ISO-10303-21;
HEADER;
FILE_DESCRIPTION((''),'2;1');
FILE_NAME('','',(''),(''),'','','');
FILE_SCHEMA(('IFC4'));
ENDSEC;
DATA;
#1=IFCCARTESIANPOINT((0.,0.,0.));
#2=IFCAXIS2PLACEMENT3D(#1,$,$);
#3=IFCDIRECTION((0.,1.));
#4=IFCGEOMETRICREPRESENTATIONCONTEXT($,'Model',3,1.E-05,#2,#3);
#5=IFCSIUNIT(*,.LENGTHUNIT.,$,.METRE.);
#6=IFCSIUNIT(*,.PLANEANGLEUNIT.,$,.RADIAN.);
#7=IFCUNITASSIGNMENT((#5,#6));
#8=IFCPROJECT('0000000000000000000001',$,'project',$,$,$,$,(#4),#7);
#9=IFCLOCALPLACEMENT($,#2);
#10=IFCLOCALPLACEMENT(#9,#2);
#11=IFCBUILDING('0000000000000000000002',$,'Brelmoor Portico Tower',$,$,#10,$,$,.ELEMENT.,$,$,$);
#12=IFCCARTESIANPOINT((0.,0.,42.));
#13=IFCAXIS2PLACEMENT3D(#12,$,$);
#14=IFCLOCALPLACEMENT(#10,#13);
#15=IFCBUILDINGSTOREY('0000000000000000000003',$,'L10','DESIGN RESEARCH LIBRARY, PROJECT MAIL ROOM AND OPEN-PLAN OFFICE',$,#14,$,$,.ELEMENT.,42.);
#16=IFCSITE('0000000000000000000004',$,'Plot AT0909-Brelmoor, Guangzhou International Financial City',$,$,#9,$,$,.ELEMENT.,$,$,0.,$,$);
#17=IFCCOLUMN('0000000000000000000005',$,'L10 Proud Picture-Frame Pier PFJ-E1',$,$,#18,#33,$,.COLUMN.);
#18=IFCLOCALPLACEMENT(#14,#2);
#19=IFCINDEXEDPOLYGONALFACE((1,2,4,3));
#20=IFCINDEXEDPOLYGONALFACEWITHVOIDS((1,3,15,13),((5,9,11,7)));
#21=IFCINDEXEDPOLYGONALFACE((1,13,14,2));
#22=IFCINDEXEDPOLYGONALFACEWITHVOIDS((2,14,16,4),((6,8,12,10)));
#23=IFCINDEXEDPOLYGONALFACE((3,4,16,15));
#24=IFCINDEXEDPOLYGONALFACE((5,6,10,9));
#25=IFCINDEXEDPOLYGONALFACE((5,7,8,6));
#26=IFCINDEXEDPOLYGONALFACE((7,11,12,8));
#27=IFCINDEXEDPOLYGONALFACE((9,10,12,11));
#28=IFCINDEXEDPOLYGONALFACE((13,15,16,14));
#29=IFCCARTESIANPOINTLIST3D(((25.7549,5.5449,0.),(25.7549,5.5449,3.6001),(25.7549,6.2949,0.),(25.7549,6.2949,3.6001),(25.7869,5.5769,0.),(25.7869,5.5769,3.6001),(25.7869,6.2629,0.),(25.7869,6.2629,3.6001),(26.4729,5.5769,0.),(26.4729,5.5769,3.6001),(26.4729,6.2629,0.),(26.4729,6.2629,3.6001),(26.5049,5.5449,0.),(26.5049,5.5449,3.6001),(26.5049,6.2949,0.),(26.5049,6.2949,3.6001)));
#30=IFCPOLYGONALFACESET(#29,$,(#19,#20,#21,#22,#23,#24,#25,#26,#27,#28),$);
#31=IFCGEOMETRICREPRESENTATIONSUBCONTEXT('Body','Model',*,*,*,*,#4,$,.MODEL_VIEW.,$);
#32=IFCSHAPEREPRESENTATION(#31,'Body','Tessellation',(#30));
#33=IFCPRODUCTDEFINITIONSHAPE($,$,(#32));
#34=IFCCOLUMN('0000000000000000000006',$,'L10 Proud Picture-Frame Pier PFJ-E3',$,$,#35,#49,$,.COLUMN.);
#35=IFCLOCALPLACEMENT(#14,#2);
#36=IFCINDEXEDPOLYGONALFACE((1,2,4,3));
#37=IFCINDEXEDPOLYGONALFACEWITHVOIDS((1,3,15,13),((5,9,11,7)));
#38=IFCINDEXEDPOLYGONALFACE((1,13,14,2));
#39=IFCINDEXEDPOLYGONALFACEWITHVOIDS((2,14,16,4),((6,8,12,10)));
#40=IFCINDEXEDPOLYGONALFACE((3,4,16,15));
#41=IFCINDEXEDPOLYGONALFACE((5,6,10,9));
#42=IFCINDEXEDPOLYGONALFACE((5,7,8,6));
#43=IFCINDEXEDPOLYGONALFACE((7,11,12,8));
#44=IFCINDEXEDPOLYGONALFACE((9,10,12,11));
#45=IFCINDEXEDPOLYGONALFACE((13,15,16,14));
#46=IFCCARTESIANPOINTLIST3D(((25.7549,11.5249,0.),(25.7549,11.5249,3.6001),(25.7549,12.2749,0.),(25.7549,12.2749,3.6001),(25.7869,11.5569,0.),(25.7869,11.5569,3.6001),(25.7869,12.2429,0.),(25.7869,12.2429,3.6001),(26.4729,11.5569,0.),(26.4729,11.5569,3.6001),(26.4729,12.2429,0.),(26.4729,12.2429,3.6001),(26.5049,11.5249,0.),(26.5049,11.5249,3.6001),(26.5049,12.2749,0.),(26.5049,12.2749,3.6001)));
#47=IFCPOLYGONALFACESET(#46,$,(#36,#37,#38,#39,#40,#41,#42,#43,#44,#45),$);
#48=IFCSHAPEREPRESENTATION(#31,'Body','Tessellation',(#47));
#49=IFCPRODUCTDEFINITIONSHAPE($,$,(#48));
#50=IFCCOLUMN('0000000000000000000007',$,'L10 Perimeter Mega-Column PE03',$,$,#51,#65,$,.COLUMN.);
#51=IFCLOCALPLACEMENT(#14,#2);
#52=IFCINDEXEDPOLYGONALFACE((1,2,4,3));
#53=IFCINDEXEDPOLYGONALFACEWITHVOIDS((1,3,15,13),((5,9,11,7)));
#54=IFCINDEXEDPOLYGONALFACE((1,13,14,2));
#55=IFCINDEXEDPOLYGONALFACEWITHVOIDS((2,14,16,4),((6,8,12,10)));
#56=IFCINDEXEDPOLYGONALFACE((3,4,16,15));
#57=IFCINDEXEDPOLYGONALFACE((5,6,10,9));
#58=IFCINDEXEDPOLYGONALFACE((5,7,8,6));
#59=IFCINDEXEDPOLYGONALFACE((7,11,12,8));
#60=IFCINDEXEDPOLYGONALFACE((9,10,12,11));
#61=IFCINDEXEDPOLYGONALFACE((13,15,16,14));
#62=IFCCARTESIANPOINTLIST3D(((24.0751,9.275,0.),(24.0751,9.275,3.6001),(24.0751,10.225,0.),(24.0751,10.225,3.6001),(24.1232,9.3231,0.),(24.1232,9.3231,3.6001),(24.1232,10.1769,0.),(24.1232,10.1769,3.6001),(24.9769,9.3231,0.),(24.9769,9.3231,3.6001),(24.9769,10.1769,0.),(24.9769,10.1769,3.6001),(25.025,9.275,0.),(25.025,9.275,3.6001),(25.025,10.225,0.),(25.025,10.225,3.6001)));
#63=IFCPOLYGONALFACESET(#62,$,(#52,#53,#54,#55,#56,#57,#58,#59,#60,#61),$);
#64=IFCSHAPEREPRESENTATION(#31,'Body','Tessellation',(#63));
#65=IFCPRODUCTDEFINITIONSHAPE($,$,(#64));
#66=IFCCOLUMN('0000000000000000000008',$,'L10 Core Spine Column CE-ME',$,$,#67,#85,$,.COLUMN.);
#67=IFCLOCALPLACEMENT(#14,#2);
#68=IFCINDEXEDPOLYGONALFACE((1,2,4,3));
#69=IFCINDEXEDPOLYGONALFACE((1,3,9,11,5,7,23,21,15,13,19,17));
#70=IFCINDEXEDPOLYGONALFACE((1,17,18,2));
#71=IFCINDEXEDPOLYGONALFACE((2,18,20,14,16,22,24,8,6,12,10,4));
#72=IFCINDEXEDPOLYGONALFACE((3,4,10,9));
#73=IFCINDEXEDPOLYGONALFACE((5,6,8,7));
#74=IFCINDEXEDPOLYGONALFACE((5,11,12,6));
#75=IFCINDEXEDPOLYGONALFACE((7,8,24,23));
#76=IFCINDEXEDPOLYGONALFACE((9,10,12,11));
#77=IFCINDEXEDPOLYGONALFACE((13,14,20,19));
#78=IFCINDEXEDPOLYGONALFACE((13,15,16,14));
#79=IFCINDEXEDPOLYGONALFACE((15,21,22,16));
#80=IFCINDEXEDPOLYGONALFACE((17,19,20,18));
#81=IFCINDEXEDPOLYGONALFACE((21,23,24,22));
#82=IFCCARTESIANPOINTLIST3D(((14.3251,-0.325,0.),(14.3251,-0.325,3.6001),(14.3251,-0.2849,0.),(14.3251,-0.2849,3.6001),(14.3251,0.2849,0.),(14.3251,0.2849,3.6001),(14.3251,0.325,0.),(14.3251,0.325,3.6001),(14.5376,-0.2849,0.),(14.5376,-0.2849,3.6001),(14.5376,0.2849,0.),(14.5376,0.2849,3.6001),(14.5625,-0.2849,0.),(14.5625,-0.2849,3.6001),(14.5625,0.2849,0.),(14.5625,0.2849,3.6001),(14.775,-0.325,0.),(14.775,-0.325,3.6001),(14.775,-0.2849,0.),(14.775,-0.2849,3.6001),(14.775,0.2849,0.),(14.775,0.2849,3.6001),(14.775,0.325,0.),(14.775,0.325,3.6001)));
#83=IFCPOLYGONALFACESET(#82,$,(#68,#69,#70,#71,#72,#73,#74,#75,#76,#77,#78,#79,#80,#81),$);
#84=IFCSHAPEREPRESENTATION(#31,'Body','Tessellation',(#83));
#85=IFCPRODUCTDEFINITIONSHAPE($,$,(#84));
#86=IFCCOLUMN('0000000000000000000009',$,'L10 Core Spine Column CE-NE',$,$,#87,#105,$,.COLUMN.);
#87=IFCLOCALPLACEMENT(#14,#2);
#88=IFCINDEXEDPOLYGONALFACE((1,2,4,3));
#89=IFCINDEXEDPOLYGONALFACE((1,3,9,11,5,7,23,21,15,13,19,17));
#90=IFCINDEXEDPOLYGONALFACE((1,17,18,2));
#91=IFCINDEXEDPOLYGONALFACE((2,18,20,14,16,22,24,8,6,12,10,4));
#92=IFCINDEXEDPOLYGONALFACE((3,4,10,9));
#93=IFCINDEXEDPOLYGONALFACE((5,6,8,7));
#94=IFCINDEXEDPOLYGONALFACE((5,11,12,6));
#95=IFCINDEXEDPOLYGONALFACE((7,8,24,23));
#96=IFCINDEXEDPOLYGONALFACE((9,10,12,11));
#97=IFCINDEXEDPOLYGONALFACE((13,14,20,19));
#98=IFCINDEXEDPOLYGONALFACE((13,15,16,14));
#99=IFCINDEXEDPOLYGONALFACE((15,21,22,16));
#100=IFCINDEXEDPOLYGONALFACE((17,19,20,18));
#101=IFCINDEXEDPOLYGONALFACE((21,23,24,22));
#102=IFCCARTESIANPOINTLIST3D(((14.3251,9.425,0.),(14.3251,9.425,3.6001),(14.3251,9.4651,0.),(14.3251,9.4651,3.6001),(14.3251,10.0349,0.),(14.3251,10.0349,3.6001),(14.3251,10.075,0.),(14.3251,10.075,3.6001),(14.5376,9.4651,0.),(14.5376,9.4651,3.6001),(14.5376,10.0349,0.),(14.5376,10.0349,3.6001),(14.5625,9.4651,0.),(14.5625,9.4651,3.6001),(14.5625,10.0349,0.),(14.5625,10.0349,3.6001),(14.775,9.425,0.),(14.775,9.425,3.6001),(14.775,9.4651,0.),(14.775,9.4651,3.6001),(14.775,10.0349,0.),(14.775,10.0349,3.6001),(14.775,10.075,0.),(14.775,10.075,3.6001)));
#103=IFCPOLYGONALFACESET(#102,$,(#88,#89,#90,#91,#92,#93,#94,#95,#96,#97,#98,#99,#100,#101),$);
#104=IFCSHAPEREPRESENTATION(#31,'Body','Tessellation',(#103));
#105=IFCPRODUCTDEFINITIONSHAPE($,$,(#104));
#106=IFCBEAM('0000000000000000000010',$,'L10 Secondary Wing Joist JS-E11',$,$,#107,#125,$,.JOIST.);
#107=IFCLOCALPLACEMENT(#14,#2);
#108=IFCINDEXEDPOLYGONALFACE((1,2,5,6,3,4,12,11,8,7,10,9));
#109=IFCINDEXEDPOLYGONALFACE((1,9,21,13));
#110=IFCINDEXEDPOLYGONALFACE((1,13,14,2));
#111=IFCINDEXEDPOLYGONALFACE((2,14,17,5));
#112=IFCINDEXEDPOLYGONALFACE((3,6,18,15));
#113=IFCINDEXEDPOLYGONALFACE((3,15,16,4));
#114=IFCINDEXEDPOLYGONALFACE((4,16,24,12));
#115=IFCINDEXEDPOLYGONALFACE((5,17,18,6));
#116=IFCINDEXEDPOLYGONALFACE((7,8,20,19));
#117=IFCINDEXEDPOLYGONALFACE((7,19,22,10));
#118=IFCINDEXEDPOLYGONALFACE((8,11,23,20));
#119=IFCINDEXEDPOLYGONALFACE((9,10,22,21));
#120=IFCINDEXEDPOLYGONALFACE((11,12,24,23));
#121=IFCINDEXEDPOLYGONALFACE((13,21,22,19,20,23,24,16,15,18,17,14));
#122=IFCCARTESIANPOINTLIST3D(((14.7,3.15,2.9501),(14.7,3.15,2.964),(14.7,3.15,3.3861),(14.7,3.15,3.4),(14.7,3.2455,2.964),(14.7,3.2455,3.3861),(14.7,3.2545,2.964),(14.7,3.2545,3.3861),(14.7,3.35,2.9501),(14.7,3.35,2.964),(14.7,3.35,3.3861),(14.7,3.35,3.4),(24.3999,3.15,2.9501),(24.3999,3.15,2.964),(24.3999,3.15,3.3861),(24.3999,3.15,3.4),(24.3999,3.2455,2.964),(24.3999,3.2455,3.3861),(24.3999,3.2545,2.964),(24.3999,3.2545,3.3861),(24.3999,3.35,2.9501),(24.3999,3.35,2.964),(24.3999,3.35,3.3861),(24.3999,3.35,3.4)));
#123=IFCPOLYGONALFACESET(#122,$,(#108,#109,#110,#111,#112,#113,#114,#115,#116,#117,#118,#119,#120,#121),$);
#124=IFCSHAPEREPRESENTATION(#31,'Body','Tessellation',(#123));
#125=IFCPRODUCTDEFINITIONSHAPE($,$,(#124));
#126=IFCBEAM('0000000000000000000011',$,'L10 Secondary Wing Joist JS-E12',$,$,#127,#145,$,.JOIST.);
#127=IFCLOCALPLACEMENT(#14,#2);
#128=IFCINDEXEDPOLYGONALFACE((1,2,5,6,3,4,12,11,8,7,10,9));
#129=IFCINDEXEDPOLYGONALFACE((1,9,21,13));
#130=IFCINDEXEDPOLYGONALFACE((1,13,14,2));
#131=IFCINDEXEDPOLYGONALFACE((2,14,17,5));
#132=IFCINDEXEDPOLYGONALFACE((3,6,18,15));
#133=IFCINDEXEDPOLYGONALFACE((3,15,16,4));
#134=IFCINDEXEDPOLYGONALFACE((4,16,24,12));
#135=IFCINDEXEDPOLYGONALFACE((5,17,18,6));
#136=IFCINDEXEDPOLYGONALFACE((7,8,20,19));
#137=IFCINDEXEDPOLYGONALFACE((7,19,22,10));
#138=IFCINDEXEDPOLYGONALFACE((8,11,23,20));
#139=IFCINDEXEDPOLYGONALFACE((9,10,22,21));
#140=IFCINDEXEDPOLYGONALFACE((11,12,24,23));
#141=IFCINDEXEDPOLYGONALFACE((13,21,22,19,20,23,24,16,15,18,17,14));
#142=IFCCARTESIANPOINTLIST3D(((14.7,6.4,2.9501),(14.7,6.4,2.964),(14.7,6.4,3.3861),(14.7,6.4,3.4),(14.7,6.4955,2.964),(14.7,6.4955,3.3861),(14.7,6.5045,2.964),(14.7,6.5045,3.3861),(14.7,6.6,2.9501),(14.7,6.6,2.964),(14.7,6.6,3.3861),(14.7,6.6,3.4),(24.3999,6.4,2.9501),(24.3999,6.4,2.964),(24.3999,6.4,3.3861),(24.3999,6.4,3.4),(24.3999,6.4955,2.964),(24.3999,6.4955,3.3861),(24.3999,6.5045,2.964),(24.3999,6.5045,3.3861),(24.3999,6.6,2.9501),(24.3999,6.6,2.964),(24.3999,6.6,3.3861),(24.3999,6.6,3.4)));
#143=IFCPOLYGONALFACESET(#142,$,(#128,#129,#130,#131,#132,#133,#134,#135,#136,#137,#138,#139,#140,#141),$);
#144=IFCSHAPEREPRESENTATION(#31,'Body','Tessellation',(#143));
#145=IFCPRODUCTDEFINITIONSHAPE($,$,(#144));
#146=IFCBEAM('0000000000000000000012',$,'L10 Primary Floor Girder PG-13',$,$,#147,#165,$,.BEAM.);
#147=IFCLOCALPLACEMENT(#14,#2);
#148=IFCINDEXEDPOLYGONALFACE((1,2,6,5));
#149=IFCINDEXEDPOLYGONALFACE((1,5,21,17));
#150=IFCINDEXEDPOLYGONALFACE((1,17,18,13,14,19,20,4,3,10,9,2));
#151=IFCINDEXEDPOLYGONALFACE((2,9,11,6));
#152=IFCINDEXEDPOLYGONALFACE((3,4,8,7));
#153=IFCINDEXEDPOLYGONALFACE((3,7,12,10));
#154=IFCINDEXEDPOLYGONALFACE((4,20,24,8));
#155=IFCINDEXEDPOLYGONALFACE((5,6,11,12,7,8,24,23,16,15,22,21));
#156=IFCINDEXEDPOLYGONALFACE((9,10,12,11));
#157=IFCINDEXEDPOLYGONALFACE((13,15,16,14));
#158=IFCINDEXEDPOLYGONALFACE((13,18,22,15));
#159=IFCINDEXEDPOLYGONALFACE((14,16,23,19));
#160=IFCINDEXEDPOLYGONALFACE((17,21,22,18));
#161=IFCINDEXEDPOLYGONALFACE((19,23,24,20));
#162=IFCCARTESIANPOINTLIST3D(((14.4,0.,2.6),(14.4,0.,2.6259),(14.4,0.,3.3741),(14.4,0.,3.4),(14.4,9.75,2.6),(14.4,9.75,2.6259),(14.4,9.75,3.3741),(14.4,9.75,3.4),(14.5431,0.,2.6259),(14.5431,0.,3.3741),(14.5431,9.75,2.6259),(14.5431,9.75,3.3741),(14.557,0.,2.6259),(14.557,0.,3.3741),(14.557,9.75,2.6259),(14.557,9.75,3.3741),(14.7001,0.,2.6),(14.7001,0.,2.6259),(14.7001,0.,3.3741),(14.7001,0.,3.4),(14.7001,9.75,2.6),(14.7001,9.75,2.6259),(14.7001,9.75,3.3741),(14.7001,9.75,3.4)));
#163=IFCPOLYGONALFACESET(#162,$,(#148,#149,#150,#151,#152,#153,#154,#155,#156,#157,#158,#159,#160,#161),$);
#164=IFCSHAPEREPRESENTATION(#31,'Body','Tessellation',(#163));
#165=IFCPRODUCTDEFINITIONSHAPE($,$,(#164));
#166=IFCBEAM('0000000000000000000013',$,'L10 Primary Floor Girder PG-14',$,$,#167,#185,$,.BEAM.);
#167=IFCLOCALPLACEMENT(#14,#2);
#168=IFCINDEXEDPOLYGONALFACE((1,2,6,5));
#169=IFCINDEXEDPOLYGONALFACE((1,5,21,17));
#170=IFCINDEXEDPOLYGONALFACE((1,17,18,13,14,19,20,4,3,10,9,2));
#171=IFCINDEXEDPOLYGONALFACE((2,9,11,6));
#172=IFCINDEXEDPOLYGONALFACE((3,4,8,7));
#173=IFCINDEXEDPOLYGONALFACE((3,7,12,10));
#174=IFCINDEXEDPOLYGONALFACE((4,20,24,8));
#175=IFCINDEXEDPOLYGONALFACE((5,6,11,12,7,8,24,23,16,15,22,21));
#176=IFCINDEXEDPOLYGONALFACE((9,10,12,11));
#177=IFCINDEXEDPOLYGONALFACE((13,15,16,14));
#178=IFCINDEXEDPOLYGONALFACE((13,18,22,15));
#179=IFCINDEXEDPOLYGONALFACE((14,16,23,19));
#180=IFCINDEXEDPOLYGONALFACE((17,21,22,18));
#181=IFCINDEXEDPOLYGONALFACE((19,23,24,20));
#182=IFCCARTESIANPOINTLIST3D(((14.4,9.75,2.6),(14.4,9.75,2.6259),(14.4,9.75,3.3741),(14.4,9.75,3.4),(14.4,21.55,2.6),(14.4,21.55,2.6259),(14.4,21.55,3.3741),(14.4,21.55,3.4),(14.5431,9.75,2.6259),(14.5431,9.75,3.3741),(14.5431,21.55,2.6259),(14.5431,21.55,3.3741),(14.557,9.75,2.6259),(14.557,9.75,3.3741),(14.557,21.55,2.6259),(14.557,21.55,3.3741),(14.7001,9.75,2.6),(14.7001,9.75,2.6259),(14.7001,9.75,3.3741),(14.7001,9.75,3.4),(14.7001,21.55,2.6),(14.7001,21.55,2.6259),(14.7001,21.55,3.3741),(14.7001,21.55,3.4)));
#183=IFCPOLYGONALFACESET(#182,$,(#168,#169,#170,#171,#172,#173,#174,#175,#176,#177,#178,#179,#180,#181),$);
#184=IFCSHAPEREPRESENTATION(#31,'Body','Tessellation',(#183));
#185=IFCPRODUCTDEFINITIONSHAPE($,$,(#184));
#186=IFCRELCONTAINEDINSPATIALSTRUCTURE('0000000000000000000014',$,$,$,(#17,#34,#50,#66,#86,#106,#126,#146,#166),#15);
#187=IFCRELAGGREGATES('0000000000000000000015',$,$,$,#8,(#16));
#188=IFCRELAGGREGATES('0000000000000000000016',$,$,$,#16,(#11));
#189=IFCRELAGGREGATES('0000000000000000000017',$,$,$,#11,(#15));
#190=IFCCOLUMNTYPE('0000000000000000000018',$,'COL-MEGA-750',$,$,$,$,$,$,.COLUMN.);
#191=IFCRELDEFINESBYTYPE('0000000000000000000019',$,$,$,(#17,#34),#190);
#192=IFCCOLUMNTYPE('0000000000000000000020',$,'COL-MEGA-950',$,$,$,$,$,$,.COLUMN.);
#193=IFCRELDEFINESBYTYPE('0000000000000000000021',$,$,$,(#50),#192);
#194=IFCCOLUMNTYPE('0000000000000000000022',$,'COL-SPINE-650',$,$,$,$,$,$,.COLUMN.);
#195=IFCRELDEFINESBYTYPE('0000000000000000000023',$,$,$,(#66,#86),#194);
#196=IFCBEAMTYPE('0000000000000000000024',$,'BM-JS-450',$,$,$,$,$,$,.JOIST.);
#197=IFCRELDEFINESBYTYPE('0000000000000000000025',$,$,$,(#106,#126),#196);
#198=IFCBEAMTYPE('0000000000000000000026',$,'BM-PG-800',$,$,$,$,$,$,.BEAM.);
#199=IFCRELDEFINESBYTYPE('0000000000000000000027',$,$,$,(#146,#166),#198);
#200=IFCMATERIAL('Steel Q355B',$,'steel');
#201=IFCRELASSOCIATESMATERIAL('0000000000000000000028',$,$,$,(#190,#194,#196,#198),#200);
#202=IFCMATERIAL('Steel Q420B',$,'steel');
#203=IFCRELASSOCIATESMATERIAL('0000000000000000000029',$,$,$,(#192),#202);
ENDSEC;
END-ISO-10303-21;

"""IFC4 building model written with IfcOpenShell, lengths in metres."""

from ifc_helpers import new_model, si_unit, direction, frame, origin, origin_2d, place, context, subcontext, project, spatial, hollow_rectangle, i_section, extrude, material, material_profile, profile_set, type_object, element, save


model = new_model("IFC4")

# Units and contexts
model_context = context("Model", 3, precision=1e-05, world=origin(), true_north=direction((0.0, 1.0)))
body_context = subcontext(model_context, "Body", "Model", "MODEL_VIEW")
ifc_project = project(units=[si_unit("LENGTHUNIT", "METRE"), si_unit("PLANEANGLEUNIT", "RADIAN")], contexts=[model_context])

# Site, building, storey
site_placement = place(None, origin())
site = spatial("IfcSite", under=ifc_project, at=site_placement, Name="Plot AT0909-Brelmoor, Guangzhou International Financial City", CompositionType="ELEMENT", RefElevation=0.0)
building_placement = place(site_placement, origin())
building = spatial("IfcBuilding", under=site, at=building_placement, Name="Brelmoor Portico Tower", CompositionType="ELEMENT")
storey_placement = place(building_placement, frame((0.0, 0.0, 42.0)))
storey = spatial("IfcBuildingStorey", under=building, at=storey_placement, Name="L10", Description="DESIGN RESEARCH LIBRARY, PROJECT MAIL ROOM AND OPEN-PLAN OFFICE", CompositionType="ELEMENT", Elevation=42.0)

# Columns
ifc_material_1 = material(Name="Steel Q355B", Category="steel")
ifc_material_profile_1 = material_profile(ifc_material_1, hollow_rectangle(XDim=0.75, YDim=0.75, WallThickness=0.032, at=origin_2d()), Name="BOX 750x750x32")
ifc_profile_set_1 = profile_set([ifc_material_profile_1], Name="Steel Q355B")
column_type_1 = type_object("IfcColumnType", Name="COL-MEGA-750", PredefinedType="COLUMN", material=ifc_profile_set_1)
for number, where, z_axis, x_axis, name in (
    (1, (26.1299, 5.9199, 0.0), (0.0, 0.0, 1.0), (0.0, 1.0, 0.0), "L10 Proud Picture-Frame Pier PFJ-E1"),
    (2, (26.1299, 11.8999, 0.0), (0.0, 0.0, 1.0), (0.0, 1.0, 0.0), "L10 Proud Picture-Frame Pier PFJ-E3"),
):
    element("IfcColumn", number, at=place(storey_placement, frame(where, z_axis=z_axis, x_axis=x_axis)), inside=storey, type_object=column_type_1, Name=name, PredefinedType="COLUMN", context=body_context, shape_type="SweptSolid", body=[
        extrude(hollow_rectangle(XDim=0.75, YDim=0.75, WallThickness=0.032, at=origin_2d()), origin(), (0.0, 0.0, 1.0), 3.6001),
    ])
ifc_material_2 = material(Name="Steel Q420B", Category="steel")
ifc_material_profile_2 = material_profile(ifc_material_2, hollow_rectangle(XDim=0.95, YDim=0.95, WallThickness=0.0481, at=origin_2d()), Name="BOX 950x950x48")
ifc_profile_set_2 = profile_set([ifc_material_profile_2], Name="Steel Q420B")
column_type_2 = type_object("IfcColumnType", Name="COL-MEGA-950", PredefinedType="COLUMN", material=ifc_profile_set_2)
column_placement = place(storey_placement, frame((24.55, 9.75, 0.0), z_axis=(0.0, 0.0, 1.0), x_axis=(0.0, 1.0, 0.0)))
element("IfcColumn", 3, at=column_placement, inside=storey, type_object=column_type_2, Name="L10 Perimeter Mega-Column PE03", PredefinedType="COLUMN", context=body_context, shape_type="SweptSolid", body=[
    extrude(hollow_rectangle(XDim=0.95, YDim=0.95, WallThickness=0.0481, at=origin_2d()), origin(), (0.0, 0.0, 1.0), 3.6001),
])
ifc_material_profile_3 = material_profile(ifc_material_1, i_section(OverallWidth=0.45, OverallDepth=0.6499, WebThickness=0.0249, FlangeThickness=0.04, at=origin_2d()), Name="HW 650x450x25x40")
ifc_profile_set_3 = profile_set([ifc_material_profile_3], Name="Steel Q355B")
column_type_3 = type_object("IfcColumnType", Name="COL-SPINE-650", PredefinedType="COLUMN", material=ifc_profile_set_3)
for number, where, z_axis, x_axis, name in (
    (4, (14.55, 0.0, 0.0), (0.0, 0.0, 1.0), (1.0, 0.0, 0.0), "L10 Core Spine Column CE-ME"),
    (5, (14.55, 9.75, 0.0), (0.0, 0.0, 1.0), (1.0, 0.0, 0.0), "L10 Core Spine Column CE-NE"),
):
    element("IfcColumn", number, at=place(storey_placement, frame(where, z_axis=z_axis, x_axis=x_axis)), inside=storey, type_object=column_type_3, Name=name, PredefinedType="COLUMN", context=body_context, shape_type="SweptSolid", body=[
        extrude(i_section(OverallWidth=0.45, OverallDepth=0.6499, WebThickness=0.0249, FlangeThickness=0.04, at=origin_2d()), origin(), (0.0, 0.0, 1.0), 3.6001),
    ])

# Beams
ifc_material_profile_4 = material_profile(ifc_material_1, i_section(OverallWidth=0.2, OverallDepth=0.45, WebThickness=0.009, FlangeThickness=0.0139, at=origin_2d()), Name="HN 450x200x9x14")
ifc_profile_set_4 = profile_set([ifc_material_profile_4], Name="Steel Q355B")
beam_type_1 = type_object("IfcBeamType", Name="BM-JS-450", PredefinedType="JOIST", material=ifc_profile_set_4)
for number, where, z_axis, x_axis, name in (
    (6, (14.7, 3.25, 3.175), (1.0, 0.0, 0.0), (0.0, 1.0, 0.0), "L10 Secondary Wing Joist JS-E11"),
    (7, (14.7, 6.5, 3.175), (1.0, 0.0, 0.0), (0.0, 1.0, 0.0), "L10 Secondary Wing Joist JS-E12"),
):
    element("IfcBeam", number, at=place(storey_placement, frame(where, z_axis=z_axis, x_axis=x_axis)), inside=storey, type_object=beam_type_1, Name=name, PredefinedType="JOIST", context=body_context, shape_type="SweptSolid", body=[
        extrude(i_section(OverallWidth=0.2, OverallDepth=0.45, WebThickness=0.009, FlangeThickness=0.0139, at=origin_2d()), origin(), (0.0, 0.0, 1.0), 9.7),
    ])
ifc_material_profile_5 = material_profile(ifc_material_1, i_section(OverallWidth=0.3, OverallDepth=0.8, WebThickness=0.0139, FlangeThickness=0.0259, at=origin_2d()), Name="HN 800x300x14x26")
ifc_profile_set_5 = profile_set([ifc_material_profile_5], Name="Steel Q355B")
beam_type_2 = type_object("IfcBeamType", Name="BM-PG-800", PredefinedType="BEAM", material=ifc_profile_set_5)
beam_1_placement = place(storey_placement, frame((14.55, 0.0, 3.0), z_axis=(0.0, 1.0, 0.0), x_axis=(-1.0, 0.0, 0.0)))
element("IfcBeam", 8, at=beam_1_placement, inside=storey, type_object=beam_type_2, Name="L10 Primary Floor Girder PG-13", PredefinedType="BEAM", context=body_context, shape_type="SweptSolid", body=[
    extrude(i_section(OverallWidth=0.3, OverallDepth=0.8, WebThickness=0.0139, FlangeThickness=0.0259, at=origin_2d()), origin(), (0.0, 0.0, 1.0), 9.75),
])
beam_2_placement = place(storey_placement, frame((14.55, 9.75, 3.0), z_axis=(0.0, 1.0, 0.0), x_axis=(-1.0, 0.0, 0.0)))
element("IfcBeam", 9, at=beam_2_placement, inside=storey, type_object=beam_type_2, Name="L10 Primary Floor Girder PG-14", PredefinedType="BEAM", context=body_context, shape_type="SweptSolid", body=[
    extrude(i_section(OverallWidth=0.3, OverallDepth=0.8, WebThickness=0.0139, FlangeThickness=0.0259, at=origin_2d()), origin(), (0.0, 0.0, 1.0), 11.8),
])

save(model, "model.ifc")
